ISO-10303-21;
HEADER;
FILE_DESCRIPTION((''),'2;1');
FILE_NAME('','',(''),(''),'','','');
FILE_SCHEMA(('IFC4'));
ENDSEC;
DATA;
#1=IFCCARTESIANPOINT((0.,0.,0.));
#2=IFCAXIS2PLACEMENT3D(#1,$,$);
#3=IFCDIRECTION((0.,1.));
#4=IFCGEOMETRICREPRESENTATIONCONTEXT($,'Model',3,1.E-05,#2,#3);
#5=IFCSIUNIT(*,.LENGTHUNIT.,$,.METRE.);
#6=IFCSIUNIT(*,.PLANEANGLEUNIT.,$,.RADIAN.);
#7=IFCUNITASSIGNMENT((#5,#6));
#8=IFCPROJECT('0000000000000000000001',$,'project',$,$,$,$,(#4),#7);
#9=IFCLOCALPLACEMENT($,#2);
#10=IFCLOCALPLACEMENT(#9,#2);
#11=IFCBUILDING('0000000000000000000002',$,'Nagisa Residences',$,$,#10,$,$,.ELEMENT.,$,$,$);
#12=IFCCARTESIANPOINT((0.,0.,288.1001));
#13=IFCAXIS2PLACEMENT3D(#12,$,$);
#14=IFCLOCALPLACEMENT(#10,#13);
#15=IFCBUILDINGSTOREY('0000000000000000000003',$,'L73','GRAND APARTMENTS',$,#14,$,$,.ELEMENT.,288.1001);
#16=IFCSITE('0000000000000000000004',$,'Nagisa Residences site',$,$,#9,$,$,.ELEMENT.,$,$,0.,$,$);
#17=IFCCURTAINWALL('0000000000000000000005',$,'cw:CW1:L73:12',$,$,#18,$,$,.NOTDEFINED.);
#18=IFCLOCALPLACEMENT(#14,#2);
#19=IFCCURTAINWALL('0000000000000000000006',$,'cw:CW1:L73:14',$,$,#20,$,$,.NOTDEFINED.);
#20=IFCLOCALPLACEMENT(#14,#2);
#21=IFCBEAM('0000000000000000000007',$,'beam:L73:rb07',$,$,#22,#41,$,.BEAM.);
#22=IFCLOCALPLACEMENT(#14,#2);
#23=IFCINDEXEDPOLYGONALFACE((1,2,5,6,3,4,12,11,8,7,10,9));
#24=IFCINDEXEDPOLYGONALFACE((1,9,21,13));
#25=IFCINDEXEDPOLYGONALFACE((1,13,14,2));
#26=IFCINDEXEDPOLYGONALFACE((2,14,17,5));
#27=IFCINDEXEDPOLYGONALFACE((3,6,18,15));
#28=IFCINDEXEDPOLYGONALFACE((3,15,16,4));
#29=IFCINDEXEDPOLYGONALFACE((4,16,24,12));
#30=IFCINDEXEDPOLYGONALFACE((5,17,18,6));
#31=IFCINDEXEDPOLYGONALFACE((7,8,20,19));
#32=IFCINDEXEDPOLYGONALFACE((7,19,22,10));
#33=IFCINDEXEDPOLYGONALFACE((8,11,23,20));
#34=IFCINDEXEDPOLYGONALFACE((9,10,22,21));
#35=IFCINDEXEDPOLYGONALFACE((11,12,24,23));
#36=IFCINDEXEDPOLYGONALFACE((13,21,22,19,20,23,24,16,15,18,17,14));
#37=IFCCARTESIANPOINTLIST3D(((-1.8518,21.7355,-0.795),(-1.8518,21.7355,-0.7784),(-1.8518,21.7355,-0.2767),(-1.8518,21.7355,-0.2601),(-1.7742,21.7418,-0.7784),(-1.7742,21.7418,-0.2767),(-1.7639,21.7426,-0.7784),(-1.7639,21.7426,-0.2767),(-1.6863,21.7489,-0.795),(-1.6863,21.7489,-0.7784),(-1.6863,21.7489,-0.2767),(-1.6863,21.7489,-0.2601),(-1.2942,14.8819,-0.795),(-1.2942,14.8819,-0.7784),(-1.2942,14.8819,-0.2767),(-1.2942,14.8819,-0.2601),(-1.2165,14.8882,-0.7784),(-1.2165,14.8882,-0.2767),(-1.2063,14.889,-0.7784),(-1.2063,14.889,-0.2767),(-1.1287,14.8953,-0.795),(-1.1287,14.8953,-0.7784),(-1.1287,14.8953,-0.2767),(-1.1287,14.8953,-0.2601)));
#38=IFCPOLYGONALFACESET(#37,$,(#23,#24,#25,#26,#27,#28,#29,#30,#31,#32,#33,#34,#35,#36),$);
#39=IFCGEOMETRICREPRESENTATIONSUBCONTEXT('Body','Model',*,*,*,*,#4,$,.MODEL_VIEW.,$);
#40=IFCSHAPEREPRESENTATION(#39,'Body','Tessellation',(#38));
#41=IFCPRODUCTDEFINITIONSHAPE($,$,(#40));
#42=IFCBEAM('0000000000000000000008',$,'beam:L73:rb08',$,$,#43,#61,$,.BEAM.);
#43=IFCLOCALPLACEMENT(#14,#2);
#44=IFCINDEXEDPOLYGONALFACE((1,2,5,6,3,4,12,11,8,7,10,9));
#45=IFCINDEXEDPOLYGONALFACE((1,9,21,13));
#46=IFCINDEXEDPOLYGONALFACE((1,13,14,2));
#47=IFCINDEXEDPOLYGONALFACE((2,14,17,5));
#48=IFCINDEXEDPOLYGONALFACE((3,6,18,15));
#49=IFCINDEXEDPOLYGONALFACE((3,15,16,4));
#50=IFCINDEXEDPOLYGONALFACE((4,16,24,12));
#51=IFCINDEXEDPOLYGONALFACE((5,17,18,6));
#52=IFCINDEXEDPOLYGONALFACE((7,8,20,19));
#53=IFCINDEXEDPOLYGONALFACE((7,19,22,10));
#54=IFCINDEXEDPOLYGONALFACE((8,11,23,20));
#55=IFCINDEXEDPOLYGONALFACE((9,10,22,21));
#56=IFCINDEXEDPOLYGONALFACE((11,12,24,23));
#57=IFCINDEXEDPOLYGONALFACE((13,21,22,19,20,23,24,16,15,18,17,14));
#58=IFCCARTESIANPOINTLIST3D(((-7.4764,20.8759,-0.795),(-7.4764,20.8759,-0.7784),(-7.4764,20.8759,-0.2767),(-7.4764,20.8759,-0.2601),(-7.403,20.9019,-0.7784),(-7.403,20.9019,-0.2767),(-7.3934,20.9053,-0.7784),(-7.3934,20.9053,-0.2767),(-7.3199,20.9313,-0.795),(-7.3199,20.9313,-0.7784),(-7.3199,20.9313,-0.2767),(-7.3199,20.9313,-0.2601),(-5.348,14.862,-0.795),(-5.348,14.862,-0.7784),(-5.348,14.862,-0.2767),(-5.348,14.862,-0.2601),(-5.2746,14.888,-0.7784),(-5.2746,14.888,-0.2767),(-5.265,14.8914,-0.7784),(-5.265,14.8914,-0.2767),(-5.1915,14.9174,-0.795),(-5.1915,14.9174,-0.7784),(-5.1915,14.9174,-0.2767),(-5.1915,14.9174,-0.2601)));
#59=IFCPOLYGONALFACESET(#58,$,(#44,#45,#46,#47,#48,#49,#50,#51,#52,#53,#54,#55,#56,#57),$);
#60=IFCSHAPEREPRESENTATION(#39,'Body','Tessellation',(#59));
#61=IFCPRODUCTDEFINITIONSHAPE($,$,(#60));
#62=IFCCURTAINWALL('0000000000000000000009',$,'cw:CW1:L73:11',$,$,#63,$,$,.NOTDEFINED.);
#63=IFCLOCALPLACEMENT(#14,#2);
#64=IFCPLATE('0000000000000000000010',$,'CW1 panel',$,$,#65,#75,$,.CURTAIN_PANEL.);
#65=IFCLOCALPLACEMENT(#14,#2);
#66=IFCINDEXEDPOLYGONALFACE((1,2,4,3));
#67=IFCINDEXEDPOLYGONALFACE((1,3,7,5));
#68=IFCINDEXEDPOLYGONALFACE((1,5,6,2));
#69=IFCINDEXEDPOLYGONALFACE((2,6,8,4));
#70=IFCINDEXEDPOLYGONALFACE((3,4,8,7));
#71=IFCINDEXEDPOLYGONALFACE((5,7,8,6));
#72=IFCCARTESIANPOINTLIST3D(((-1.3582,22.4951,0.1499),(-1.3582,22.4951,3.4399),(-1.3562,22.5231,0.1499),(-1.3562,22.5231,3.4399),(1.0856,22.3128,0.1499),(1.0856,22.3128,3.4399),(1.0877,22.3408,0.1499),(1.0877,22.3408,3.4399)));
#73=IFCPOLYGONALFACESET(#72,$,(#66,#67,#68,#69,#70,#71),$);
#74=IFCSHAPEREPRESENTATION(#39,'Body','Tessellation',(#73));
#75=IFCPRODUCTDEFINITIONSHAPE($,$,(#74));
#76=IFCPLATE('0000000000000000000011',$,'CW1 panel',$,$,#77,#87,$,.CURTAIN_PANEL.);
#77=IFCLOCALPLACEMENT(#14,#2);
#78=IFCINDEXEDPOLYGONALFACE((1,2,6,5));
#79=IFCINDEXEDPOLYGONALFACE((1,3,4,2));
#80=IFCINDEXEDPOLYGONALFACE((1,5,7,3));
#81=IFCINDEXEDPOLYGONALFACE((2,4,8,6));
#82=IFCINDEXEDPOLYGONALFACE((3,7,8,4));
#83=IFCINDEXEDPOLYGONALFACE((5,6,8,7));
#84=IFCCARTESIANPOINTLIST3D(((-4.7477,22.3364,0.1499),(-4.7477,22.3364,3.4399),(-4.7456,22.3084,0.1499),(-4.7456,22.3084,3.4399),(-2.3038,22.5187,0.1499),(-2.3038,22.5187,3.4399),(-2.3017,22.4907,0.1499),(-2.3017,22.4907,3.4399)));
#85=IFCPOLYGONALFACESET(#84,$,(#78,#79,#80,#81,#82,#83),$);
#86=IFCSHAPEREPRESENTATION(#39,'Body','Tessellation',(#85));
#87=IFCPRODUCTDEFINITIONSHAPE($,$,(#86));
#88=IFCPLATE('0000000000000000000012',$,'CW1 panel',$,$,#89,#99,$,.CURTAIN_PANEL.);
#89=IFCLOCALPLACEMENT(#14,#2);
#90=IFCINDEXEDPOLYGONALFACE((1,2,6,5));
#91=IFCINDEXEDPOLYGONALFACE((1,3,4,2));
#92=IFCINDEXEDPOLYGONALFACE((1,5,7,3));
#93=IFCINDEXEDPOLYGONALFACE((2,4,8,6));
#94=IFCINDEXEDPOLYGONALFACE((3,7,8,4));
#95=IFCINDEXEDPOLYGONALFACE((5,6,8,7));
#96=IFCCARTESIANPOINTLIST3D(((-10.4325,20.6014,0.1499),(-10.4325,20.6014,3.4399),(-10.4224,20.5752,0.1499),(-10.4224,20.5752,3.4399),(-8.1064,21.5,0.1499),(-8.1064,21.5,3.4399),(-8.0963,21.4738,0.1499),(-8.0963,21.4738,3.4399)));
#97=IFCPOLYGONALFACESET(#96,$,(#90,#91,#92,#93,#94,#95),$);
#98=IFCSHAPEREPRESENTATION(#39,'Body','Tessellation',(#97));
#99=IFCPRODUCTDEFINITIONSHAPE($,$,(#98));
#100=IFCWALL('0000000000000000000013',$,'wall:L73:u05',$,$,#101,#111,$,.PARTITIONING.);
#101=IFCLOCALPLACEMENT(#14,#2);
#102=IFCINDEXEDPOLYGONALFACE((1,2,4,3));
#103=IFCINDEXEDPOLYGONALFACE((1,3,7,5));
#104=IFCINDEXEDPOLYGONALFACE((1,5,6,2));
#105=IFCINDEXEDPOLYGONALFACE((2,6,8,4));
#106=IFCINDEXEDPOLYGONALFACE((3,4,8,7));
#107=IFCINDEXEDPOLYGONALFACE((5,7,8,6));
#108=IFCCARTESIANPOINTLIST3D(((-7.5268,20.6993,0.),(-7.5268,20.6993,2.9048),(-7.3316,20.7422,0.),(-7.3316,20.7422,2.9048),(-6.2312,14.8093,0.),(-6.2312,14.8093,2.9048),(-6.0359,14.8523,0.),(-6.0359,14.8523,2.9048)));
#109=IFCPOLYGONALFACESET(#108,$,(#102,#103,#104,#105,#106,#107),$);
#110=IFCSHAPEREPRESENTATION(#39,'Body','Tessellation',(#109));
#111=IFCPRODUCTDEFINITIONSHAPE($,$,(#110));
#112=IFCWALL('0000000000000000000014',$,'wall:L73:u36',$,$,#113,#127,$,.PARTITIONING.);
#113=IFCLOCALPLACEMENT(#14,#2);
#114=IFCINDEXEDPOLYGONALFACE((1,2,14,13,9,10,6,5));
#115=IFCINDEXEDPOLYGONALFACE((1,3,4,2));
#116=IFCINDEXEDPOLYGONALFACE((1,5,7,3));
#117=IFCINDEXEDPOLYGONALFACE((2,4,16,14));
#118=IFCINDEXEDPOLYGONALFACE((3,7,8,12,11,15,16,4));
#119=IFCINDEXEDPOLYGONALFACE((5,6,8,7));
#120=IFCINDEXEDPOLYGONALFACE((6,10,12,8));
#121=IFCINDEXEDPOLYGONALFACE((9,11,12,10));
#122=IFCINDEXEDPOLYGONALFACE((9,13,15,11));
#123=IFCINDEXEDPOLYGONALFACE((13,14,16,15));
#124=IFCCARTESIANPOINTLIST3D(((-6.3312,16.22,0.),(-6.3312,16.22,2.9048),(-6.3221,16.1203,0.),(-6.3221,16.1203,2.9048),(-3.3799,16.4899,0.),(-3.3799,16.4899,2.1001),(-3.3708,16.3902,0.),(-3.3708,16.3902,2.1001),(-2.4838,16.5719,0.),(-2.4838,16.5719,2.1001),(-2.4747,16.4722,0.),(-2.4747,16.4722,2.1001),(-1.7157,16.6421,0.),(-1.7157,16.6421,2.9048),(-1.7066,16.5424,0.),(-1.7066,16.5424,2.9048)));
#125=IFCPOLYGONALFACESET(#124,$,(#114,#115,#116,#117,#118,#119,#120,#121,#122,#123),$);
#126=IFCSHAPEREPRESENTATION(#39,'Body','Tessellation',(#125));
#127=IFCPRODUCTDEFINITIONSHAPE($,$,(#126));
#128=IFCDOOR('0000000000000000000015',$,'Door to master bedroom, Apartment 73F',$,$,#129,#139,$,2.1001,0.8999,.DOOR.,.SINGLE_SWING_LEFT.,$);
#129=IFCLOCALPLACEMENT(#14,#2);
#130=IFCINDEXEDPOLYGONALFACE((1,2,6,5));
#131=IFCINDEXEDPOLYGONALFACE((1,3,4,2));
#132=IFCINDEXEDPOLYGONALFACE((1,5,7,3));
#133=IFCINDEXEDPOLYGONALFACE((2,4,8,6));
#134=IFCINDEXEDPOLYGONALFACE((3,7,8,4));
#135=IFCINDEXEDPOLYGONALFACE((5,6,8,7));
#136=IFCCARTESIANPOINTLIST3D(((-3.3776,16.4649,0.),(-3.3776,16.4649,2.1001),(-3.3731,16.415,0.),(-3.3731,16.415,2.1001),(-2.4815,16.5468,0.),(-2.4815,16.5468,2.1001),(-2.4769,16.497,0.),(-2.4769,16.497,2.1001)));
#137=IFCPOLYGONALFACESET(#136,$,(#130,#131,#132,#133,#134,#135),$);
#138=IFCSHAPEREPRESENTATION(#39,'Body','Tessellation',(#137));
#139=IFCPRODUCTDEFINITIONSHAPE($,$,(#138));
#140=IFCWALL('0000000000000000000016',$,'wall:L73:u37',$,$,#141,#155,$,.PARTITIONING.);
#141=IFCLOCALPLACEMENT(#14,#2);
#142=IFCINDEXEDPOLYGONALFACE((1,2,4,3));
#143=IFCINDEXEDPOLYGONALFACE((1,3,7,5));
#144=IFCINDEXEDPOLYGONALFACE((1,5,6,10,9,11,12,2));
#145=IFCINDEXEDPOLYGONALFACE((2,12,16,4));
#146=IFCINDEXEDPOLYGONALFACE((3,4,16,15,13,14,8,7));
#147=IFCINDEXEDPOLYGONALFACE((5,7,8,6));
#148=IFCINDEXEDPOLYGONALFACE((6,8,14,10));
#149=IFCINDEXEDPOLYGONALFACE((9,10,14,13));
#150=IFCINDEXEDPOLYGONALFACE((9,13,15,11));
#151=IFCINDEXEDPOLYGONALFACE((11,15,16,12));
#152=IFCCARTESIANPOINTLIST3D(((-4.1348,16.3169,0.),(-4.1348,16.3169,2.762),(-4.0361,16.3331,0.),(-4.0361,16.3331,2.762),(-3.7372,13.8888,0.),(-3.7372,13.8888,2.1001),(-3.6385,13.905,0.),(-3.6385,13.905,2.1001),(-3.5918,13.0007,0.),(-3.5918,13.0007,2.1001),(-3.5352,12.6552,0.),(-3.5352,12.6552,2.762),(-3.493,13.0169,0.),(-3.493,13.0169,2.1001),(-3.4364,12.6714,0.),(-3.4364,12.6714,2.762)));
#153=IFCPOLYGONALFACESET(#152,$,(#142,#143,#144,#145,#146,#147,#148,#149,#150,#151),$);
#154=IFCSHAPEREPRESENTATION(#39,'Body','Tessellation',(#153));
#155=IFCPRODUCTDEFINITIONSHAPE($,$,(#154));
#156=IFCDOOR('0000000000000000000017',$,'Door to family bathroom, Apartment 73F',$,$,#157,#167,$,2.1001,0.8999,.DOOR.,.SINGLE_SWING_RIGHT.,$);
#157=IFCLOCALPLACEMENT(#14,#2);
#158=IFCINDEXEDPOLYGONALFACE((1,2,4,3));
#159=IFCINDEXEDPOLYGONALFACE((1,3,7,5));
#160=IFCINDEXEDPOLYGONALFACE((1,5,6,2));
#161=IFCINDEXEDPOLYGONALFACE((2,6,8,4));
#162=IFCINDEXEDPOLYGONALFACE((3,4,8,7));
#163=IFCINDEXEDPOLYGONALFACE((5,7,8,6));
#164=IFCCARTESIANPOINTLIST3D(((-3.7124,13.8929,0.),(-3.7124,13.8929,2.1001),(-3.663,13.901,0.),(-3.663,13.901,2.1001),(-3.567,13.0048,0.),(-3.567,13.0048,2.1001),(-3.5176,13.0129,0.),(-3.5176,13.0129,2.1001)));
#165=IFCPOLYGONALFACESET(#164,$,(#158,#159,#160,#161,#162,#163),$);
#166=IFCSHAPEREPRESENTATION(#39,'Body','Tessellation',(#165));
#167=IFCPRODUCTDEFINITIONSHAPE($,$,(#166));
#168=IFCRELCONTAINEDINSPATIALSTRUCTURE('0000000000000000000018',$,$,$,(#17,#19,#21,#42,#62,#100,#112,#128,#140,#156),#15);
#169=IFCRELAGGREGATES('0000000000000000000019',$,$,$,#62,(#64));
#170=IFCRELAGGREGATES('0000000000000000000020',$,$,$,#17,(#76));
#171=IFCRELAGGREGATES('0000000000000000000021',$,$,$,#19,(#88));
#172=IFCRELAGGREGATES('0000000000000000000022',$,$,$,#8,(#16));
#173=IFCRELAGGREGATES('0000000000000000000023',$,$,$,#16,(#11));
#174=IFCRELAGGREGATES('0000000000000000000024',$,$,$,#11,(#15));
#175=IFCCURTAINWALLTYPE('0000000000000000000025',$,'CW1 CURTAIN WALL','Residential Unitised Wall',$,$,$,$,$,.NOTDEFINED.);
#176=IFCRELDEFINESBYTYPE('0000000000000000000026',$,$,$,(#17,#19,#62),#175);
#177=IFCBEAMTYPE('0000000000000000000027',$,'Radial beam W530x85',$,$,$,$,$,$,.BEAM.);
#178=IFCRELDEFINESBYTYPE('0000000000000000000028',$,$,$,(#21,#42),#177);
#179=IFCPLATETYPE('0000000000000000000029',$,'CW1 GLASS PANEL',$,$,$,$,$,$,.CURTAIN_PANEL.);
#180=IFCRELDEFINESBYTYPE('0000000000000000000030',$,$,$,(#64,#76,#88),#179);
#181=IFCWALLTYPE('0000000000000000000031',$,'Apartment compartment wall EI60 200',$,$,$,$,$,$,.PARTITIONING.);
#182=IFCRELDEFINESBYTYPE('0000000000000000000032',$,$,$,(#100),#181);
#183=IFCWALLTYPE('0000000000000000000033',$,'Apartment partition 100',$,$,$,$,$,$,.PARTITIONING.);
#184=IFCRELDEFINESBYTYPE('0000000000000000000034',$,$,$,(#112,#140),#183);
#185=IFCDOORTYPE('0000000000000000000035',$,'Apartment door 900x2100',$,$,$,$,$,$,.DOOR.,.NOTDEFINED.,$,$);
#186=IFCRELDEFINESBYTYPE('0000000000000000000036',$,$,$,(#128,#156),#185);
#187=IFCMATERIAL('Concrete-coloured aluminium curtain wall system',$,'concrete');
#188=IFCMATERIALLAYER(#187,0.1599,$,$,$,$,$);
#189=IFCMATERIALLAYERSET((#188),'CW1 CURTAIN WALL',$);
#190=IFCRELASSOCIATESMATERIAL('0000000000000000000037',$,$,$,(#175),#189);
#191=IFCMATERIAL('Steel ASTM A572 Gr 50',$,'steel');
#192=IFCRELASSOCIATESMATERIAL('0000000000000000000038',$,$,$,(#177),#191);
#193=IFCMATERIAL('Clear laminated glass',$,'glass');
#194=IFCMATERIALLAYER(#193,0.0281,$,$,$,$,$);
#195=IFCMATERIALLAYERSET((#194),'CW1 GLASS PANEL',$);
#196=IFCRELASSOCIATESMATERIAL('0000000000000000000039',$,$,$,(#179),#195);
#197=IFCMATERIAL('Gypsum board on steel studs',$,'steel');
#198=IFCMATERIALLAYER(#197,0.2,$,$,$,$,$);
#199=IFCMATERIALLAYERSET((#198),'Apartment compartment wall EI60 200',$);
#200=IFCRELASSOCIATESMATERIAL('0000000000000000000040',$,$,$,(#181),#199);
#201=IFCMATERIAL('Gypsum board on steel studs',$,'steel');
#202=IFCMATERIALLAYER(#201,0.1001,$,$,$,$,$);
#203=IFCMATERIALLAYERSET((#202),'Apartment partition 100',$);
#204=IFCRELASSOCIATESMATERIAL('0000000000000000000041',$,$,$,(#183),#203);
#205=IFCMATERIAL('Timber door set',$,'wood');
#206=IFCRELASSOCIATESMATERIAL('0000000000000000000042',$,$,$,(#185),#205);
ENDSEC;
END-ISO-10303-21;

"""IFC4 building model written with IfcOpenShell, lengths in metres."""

from ifc_helpers import new_model, si_unit, direction, frame, frame_2d, origin, origin_2d, place, context, subcontext, project, spatial, rectangle, i_section, extrude, material, layer, layer_set, material_profile, profile_set, type_object, element, fill, aggregate, save


model = new_model("IFC4")

# Units and contexts
model_context = context("Model", 3, precision=1e-05, world=origin(), true_north=direction((0.0, 1.0)))
body_context = subcontext(model_context, "Body", "Model", "MODEL_VIEW")
ifc_project = project(units=[si_unit("LENGTHUNIT", "METRE"), si_unit("PLANEANGLEUNIT", "RADIAN")], contexts=[model_context])

# Site, building, storey
site_placement = place(None, origin())
site = spatial("IfcSite", under=ifc_project, at=site_placement, Name="Nagisa Residences site", CompositionType="ELEMENT", RefElevation=0.0)
building_placement = place(site_placement, origin())
building = spatial("IfcBuilding", under=site, at=building_placement, Name="Nagisa Residences", CompositionType="ELEMENT")
storey_placement = place(building_placement, frame((0.0, 0.0, 288.1001)))
storey = spatial("IfcBuildingStorey", under=building, at=storey_placement, Name="L73", Description="GRAND APARTMENTS", CompositionType="ELEMENT", Elevation=288.1001)

# Curtain walls
ifc_material_1 = material(Name="Concrete-coloured aluminium curtain wall system", Category="concrete")
ifc_layer_1 = layer(ifc_material_1, 0.1599)
ifc_layer_set_1 = layer_set([ifc_layer_1], Name="CW1 CURTAIN WALL")
curtain_wall_type = type_object("IfcCurtainWallType", Name="CW1 CURTAIN WALL", Description="Residential Unitised Wall", PredefinedType="NOTDEFINED", material=ifc_layer_set_1)
curtain_wall_1_placement = place(storey_placement, origin())
curtain_wall_1 = element("IfcCurtainWall", 1, at=curtain_wall_1_placement, inside=storey, type_object=curtain_wall_type, Name="cw:CW1:L73:12", PredefinedType="NOTDEFINED")
curtain_wall_2_placement = place(storey_placement, origin())
curtain_wall_2 = element("IfcCurtainWall", 2, at=curtain_wall_2_placement, inside=storey, type_object=curtain_wall_type, Name="cw:CW1:L73:14", PredefinedType="NOTDEFINED")

# Beams
ifc_material_2 = material(Name="Steel ASTM A572 Gr 50", Category="steel")
ifc_material_profile_1 = material_profile(ifc_material_2, i_section(OverallWidth=0.166, OverallDepth=0.5349, WebThickness=0.0103, FlangeThickness=0.0166, at=origin_2d()), Name="W530x85")
ifc_profile_set_1 = profile_set([ifc_material_profile_1], Name="Steel ASTM A572 Gr 50")
beam_type_1 = type_object("IfcBeamType", Name="Radial beam W530x85", PredefinedType="BEAM", material=ifc_profile_set_1)
beam_1_placement = place(storey_placement, frame((-1.769, 21.7422, -0.5276), z_axis=(0.081094, -0.996706, 0.0), x_axis=(0.996706, 0.081094, 0.0)))
element("IfcBeam", 3, at=beam_1_placement, inside=storey, type_object=beam_type_1, Name="beam:L73:rb07", PredefinedType="BEAM", context=body_context, shape_type="SweptSolid", body=[
    extrude(i_section(OverallWidth=0.166, OverallDepth=0.5349, WebThickness=0.0103, FlangeThickness=0.0166, at=origin_2d()), origin(), (0.0, 0.0, 1.0), 6.8762),
])
beam_2_placement = place(storey_placement, frame((-7.3982, 20.9036, -0.5276), z_axis=(0.333637, -0.942702, 0.0), x_axis=(0.942702, 0.333637, 0.0)))
element("IfcBeam", 4, at=beam_2_placement, inside=storey, type_object=beam_type_1, Name="beam:L73:rb08", PredefinedType="BEAM", context=body_context, shape_type="SweptSolid", body=[
    extrude(i_section(OverallWidth=0.166, OverallDepth=0.5349, WebThickness=0.0103, FlangeThickness=0.0166, at=origin_2d()), origin(), (0.0, 0.0, 1.0), 6.3794),
])

# Curtain wall, plate
curtain_wall_3_placement = place(storey_placement, origin())
curtain_wall_3 = element("IfcCurtainWall", 5, at=curtain_wall_3_placement, inside=storey, type_object=curtain_wall_type, Name="cw:CW1:L73:11", PredefinedType="NOTDEFINED")
ifc_material_3 = material(Name="Clear laminated glass", Category="glass")
ifc_layer_2 = layer(ifc_material_3, 0.0281)
ifc_layer_set_2 = layer_set([ifc_layer_2], Name="CW1 GLASS PANEL")
plate_type = type_object("IfcPlateType", Name="CW1 GLASS PANEL", PredefinedType="CURTAIN_PANEL", material=ifc_layer_set_2)
plate_1_placement = place(storey_placement, frame((-0.1353, 22.418, 0.1499), z_axis=(0.0, 0.0, 1.0), x_axis=(-0.99723, 0.074377, 0.0)))
plate_1 = element("IfcPlate", 6, at=plate_1_placement, type_object=plate_type, Name="CW1 panel", PredefinedType="CURTAIN_PANEL", context=body_context, shape_type="SweptSolid", body=[
    extrude(rectangle(XDim=2.4507, YDim=0.0281, at=origin_2d()), origin(), (0.0, 0.0, 1.0), 3.29),
])
aggregate(curtain_wall_3, [plate_1])

# Plates
plate_2_placement = place(storey_placement, frame((-3.5247, 22.4136, 0.1499), z_axis=(0.0, 0.0, 1.0), x_axis=(-0.99723, -0.074377, 0.0)))
plate_2 = element("IfcPlate", 7, at=plate_2_placement, type_object=plate_type, Name="CW1 panel", PredefinedType="CURTAIN_PANEL", context=body_context, shape_type="SweptSolid", body=[
    extrude(rectangle(XDim=2.4507, YDim=0.0281, at=origin_2d()), origin(), (0.0, 0.0, 1.0), 3.29),
])
aggregate(curtain_wall_1, [plate_2])
plate_3_placement = place(storey_placement, frame((-9.2644, 21.0376, 0.1499), z_axis=(0.0, 0.0, 1.0), x_axis=(-0.932826, -0.360328, 0.0)))
plate_3 = element("IfcPlate", 8, at=plate_3_placement, type_object=plate_type, Name="CW1 panel", PredefinedType="CURTAIN_PANEL", context=body_context, shape_type="SweptSolid", body=[
    extrude(rectangle(XDim=2.4937, YDim=0.0281, at=origin_2d()), origin(), (0.0, 0.0, 1.0), 3.29),
])
aggregate(curtain_wall_2, [plate_3])

# Wall
ifc_material_4 = material(Name="Gypsum board on steel studs", Category="steel")
ifc_layer_3 = layer(ifc_material_4, 0.2)
ifc_layer_set_3 = layer_set([ifc_layer_3], Name="Apartment compartment wall EI60 200")
wall_type_1 = type_object("IfcWallType", Name="Apartment compartment wall EI60 200", PredefinedType="PARTITIONING", material=ifc_layer_set_3)
wall_1_placement = place(storey_placement, frame((-6.1335, 14.8308, 0.0), z_axis=(0.0, 0.0, 1.0), x_axis=(-0.214842, 0.976649, 0.0)))
element("IfcWall", 9, at=wall_1_placement, inside=storey, type_object=wall_type_1, Name="wall:L73:u05", PredefinedType="PARTITIONING", context=body_context, shape_type="SweptSolid", body=[
    extrude(rectangle(XDim=6.0308, YDim=0.2, at=frame_2d((3.0154, 0.0))), origin(), (0.0, 0.0, 1.0), 2.9048),
])

# Walls, openings, doors
ifc_material_5 = material(Name="Gypsum board on steel studs", Category="steel")
ifc_layer_4 = layer(ifc_material_5, 0.1001)
ifc_layer_set_4 = layer_set([ifc_layer_4], Name="Apartment partition 100")
wall_type_2 = type_object("IfcWallType", Name="Apartment partition 100", PredefinedType="PARTITIONING", material=ifc_layer_set_4)
wall_2_placement = place(storey_placement, frame((-1.7112, 16.5923, 0.0), z_axis=(0.0, 0.0, 1.0), x_axis=(-0.995844, -0.091077, 0.0)))
wall_2 = element("IfcWall", 10, at=wall_2_placement, inside=storey, type_object=wall_type_2, Name="wall:L73:u36", PredefinedType="PARTITIONING", context=body_context, shape_type="SweptSolid", body=[
    extrude(rectangle(XDim=4.6348, YDim=0.1001, at=frame_2d((2.3174, 0.0))), origin(), (0.0, 0.0, 1.0), 2.9048),
])
opening_1_placement = place(wall_2_placement, frame((0.7712, 0.0, 0.0)))
opening_1 = element("IfcOpeningElement", 11, at=opening_1_placement, cuts=wall_2, PredefinedType="OPENING", context=body_context, shape_type="SweptSolid", body=[
    extrude(rectangle(XDim=0.8999, YDim=2.1001, at=frame_2d((0.45, 1.05))), frame((0.0, 0.0601, 0.0), z_axis=(0.0, -1.0, 0.0), x_axis=(1.0, 0.0, 0.0)), (0.0, 0.0, 1.0), 0.1201),
])
ifc_material_6 = material(Name="Timber door set", Category="wood")
door_type_1 = type_object("IfcDoorType", Name="Apartment door 900x2100", OperationType="NOTDEFINED", PredefinedType="DOOR", material=ifc_material_6)
door_1_placement = place(opening_1_placement, frame((0.8999, 0.0, 0.0), x_axis=(-1.0, 0.0, 0.0)))
door_1 = element("IfcDoor", 12, at=door_1_placement, inside=storey, type_object=door_type_1, Name="Door to master bedroom, Apartment 73F", OperationType="SINGLE_SWING_LEFT", OverallHeight=2.1001, OverallWidth=0.8999, PredefinedType="DOOR", context=body_context, shape_type="SweptSolid", body=[
    extrude(rectangle(XDim=0.8999, YDim=2.1001, at=frame_2d((0.45, 1.05))), frame((0.0, 0.0249, 0.0), z_axis=(0.0, -1.0, 0.0), x_axis=(1.0, 0.0, 0.0)), (0.0, 0.0, 1.0), 0.05),
])
fill(opening_1, door_1)
wall_3_placement = place(storey_placement, frame((-3.4858, 12.6633, 0.0), z_axis=(0.0, 0.0, 1.0), x_axis=(-0.161603, 0.986856, 0.0)))
wall_3 = element("IfcWall", 13, at=wall_3_placement, inside=storey, type_object=wall_type_2, Name="wall:L73:u37", PredefinedType="PARTITIONING", context=body_context, shape_type="SweptSolid", body=[
    extrude(rectangle(XDim=3.7104, YDim=0.1001, at=frame_2d((1.8552, 0.0))), origin(), (0.0, 0.0, 1.0), 2.762),
])
opening_2_placement = place(wall_3_placement, frame((0.3501, 0.0, 0.0)))
opening_2 = element("IfcOpeningElement", 14, at=opening_2_placement, cuts=wall_3, PredefinedType="OPENING", context=body_context, shape_type="SweptSolid", body=[
    extrude(rectangle(XDim=0.8999, YDim=2.1001, at=frame_2d((0.45, 1.05))), frame((0.0, 0.0601, 0.0), z_axis=(0.0, -1.0, 0.0), x_axis=(1.0, 0.0, 0.0)), (0.0, 0.0, 1.0), 0.1201),
])
door_2_placement = place(opening_2_placement, origin())
door_2 = element("IfcDoor", 15, at=door_2_placement, inside=storey, type_object=door_type_1, Name="Door to family bathroom, Apartment 73F", OperationType="SINGLE_SWING_RIGHT", OverallHeight=2.1001, OverallWidth=0.8999, PredefinedType="DOOR", context=body_context, shape_type="SweptSolid", body=[
    extrude(rectangle(XDim=0.8999, YDim=2.1001, at=frame_2d((0.45, 1.05))), frame((0.0, 0.0249, 0.0), z_axis=(0.0, -1.0, 0.0), x_axis=(1.0, 0.0, 0.0)), (0.0, 0.0, 1.0), 0.05),
])
fill(opening_2, door_2)

save(model, "model.ifc")
